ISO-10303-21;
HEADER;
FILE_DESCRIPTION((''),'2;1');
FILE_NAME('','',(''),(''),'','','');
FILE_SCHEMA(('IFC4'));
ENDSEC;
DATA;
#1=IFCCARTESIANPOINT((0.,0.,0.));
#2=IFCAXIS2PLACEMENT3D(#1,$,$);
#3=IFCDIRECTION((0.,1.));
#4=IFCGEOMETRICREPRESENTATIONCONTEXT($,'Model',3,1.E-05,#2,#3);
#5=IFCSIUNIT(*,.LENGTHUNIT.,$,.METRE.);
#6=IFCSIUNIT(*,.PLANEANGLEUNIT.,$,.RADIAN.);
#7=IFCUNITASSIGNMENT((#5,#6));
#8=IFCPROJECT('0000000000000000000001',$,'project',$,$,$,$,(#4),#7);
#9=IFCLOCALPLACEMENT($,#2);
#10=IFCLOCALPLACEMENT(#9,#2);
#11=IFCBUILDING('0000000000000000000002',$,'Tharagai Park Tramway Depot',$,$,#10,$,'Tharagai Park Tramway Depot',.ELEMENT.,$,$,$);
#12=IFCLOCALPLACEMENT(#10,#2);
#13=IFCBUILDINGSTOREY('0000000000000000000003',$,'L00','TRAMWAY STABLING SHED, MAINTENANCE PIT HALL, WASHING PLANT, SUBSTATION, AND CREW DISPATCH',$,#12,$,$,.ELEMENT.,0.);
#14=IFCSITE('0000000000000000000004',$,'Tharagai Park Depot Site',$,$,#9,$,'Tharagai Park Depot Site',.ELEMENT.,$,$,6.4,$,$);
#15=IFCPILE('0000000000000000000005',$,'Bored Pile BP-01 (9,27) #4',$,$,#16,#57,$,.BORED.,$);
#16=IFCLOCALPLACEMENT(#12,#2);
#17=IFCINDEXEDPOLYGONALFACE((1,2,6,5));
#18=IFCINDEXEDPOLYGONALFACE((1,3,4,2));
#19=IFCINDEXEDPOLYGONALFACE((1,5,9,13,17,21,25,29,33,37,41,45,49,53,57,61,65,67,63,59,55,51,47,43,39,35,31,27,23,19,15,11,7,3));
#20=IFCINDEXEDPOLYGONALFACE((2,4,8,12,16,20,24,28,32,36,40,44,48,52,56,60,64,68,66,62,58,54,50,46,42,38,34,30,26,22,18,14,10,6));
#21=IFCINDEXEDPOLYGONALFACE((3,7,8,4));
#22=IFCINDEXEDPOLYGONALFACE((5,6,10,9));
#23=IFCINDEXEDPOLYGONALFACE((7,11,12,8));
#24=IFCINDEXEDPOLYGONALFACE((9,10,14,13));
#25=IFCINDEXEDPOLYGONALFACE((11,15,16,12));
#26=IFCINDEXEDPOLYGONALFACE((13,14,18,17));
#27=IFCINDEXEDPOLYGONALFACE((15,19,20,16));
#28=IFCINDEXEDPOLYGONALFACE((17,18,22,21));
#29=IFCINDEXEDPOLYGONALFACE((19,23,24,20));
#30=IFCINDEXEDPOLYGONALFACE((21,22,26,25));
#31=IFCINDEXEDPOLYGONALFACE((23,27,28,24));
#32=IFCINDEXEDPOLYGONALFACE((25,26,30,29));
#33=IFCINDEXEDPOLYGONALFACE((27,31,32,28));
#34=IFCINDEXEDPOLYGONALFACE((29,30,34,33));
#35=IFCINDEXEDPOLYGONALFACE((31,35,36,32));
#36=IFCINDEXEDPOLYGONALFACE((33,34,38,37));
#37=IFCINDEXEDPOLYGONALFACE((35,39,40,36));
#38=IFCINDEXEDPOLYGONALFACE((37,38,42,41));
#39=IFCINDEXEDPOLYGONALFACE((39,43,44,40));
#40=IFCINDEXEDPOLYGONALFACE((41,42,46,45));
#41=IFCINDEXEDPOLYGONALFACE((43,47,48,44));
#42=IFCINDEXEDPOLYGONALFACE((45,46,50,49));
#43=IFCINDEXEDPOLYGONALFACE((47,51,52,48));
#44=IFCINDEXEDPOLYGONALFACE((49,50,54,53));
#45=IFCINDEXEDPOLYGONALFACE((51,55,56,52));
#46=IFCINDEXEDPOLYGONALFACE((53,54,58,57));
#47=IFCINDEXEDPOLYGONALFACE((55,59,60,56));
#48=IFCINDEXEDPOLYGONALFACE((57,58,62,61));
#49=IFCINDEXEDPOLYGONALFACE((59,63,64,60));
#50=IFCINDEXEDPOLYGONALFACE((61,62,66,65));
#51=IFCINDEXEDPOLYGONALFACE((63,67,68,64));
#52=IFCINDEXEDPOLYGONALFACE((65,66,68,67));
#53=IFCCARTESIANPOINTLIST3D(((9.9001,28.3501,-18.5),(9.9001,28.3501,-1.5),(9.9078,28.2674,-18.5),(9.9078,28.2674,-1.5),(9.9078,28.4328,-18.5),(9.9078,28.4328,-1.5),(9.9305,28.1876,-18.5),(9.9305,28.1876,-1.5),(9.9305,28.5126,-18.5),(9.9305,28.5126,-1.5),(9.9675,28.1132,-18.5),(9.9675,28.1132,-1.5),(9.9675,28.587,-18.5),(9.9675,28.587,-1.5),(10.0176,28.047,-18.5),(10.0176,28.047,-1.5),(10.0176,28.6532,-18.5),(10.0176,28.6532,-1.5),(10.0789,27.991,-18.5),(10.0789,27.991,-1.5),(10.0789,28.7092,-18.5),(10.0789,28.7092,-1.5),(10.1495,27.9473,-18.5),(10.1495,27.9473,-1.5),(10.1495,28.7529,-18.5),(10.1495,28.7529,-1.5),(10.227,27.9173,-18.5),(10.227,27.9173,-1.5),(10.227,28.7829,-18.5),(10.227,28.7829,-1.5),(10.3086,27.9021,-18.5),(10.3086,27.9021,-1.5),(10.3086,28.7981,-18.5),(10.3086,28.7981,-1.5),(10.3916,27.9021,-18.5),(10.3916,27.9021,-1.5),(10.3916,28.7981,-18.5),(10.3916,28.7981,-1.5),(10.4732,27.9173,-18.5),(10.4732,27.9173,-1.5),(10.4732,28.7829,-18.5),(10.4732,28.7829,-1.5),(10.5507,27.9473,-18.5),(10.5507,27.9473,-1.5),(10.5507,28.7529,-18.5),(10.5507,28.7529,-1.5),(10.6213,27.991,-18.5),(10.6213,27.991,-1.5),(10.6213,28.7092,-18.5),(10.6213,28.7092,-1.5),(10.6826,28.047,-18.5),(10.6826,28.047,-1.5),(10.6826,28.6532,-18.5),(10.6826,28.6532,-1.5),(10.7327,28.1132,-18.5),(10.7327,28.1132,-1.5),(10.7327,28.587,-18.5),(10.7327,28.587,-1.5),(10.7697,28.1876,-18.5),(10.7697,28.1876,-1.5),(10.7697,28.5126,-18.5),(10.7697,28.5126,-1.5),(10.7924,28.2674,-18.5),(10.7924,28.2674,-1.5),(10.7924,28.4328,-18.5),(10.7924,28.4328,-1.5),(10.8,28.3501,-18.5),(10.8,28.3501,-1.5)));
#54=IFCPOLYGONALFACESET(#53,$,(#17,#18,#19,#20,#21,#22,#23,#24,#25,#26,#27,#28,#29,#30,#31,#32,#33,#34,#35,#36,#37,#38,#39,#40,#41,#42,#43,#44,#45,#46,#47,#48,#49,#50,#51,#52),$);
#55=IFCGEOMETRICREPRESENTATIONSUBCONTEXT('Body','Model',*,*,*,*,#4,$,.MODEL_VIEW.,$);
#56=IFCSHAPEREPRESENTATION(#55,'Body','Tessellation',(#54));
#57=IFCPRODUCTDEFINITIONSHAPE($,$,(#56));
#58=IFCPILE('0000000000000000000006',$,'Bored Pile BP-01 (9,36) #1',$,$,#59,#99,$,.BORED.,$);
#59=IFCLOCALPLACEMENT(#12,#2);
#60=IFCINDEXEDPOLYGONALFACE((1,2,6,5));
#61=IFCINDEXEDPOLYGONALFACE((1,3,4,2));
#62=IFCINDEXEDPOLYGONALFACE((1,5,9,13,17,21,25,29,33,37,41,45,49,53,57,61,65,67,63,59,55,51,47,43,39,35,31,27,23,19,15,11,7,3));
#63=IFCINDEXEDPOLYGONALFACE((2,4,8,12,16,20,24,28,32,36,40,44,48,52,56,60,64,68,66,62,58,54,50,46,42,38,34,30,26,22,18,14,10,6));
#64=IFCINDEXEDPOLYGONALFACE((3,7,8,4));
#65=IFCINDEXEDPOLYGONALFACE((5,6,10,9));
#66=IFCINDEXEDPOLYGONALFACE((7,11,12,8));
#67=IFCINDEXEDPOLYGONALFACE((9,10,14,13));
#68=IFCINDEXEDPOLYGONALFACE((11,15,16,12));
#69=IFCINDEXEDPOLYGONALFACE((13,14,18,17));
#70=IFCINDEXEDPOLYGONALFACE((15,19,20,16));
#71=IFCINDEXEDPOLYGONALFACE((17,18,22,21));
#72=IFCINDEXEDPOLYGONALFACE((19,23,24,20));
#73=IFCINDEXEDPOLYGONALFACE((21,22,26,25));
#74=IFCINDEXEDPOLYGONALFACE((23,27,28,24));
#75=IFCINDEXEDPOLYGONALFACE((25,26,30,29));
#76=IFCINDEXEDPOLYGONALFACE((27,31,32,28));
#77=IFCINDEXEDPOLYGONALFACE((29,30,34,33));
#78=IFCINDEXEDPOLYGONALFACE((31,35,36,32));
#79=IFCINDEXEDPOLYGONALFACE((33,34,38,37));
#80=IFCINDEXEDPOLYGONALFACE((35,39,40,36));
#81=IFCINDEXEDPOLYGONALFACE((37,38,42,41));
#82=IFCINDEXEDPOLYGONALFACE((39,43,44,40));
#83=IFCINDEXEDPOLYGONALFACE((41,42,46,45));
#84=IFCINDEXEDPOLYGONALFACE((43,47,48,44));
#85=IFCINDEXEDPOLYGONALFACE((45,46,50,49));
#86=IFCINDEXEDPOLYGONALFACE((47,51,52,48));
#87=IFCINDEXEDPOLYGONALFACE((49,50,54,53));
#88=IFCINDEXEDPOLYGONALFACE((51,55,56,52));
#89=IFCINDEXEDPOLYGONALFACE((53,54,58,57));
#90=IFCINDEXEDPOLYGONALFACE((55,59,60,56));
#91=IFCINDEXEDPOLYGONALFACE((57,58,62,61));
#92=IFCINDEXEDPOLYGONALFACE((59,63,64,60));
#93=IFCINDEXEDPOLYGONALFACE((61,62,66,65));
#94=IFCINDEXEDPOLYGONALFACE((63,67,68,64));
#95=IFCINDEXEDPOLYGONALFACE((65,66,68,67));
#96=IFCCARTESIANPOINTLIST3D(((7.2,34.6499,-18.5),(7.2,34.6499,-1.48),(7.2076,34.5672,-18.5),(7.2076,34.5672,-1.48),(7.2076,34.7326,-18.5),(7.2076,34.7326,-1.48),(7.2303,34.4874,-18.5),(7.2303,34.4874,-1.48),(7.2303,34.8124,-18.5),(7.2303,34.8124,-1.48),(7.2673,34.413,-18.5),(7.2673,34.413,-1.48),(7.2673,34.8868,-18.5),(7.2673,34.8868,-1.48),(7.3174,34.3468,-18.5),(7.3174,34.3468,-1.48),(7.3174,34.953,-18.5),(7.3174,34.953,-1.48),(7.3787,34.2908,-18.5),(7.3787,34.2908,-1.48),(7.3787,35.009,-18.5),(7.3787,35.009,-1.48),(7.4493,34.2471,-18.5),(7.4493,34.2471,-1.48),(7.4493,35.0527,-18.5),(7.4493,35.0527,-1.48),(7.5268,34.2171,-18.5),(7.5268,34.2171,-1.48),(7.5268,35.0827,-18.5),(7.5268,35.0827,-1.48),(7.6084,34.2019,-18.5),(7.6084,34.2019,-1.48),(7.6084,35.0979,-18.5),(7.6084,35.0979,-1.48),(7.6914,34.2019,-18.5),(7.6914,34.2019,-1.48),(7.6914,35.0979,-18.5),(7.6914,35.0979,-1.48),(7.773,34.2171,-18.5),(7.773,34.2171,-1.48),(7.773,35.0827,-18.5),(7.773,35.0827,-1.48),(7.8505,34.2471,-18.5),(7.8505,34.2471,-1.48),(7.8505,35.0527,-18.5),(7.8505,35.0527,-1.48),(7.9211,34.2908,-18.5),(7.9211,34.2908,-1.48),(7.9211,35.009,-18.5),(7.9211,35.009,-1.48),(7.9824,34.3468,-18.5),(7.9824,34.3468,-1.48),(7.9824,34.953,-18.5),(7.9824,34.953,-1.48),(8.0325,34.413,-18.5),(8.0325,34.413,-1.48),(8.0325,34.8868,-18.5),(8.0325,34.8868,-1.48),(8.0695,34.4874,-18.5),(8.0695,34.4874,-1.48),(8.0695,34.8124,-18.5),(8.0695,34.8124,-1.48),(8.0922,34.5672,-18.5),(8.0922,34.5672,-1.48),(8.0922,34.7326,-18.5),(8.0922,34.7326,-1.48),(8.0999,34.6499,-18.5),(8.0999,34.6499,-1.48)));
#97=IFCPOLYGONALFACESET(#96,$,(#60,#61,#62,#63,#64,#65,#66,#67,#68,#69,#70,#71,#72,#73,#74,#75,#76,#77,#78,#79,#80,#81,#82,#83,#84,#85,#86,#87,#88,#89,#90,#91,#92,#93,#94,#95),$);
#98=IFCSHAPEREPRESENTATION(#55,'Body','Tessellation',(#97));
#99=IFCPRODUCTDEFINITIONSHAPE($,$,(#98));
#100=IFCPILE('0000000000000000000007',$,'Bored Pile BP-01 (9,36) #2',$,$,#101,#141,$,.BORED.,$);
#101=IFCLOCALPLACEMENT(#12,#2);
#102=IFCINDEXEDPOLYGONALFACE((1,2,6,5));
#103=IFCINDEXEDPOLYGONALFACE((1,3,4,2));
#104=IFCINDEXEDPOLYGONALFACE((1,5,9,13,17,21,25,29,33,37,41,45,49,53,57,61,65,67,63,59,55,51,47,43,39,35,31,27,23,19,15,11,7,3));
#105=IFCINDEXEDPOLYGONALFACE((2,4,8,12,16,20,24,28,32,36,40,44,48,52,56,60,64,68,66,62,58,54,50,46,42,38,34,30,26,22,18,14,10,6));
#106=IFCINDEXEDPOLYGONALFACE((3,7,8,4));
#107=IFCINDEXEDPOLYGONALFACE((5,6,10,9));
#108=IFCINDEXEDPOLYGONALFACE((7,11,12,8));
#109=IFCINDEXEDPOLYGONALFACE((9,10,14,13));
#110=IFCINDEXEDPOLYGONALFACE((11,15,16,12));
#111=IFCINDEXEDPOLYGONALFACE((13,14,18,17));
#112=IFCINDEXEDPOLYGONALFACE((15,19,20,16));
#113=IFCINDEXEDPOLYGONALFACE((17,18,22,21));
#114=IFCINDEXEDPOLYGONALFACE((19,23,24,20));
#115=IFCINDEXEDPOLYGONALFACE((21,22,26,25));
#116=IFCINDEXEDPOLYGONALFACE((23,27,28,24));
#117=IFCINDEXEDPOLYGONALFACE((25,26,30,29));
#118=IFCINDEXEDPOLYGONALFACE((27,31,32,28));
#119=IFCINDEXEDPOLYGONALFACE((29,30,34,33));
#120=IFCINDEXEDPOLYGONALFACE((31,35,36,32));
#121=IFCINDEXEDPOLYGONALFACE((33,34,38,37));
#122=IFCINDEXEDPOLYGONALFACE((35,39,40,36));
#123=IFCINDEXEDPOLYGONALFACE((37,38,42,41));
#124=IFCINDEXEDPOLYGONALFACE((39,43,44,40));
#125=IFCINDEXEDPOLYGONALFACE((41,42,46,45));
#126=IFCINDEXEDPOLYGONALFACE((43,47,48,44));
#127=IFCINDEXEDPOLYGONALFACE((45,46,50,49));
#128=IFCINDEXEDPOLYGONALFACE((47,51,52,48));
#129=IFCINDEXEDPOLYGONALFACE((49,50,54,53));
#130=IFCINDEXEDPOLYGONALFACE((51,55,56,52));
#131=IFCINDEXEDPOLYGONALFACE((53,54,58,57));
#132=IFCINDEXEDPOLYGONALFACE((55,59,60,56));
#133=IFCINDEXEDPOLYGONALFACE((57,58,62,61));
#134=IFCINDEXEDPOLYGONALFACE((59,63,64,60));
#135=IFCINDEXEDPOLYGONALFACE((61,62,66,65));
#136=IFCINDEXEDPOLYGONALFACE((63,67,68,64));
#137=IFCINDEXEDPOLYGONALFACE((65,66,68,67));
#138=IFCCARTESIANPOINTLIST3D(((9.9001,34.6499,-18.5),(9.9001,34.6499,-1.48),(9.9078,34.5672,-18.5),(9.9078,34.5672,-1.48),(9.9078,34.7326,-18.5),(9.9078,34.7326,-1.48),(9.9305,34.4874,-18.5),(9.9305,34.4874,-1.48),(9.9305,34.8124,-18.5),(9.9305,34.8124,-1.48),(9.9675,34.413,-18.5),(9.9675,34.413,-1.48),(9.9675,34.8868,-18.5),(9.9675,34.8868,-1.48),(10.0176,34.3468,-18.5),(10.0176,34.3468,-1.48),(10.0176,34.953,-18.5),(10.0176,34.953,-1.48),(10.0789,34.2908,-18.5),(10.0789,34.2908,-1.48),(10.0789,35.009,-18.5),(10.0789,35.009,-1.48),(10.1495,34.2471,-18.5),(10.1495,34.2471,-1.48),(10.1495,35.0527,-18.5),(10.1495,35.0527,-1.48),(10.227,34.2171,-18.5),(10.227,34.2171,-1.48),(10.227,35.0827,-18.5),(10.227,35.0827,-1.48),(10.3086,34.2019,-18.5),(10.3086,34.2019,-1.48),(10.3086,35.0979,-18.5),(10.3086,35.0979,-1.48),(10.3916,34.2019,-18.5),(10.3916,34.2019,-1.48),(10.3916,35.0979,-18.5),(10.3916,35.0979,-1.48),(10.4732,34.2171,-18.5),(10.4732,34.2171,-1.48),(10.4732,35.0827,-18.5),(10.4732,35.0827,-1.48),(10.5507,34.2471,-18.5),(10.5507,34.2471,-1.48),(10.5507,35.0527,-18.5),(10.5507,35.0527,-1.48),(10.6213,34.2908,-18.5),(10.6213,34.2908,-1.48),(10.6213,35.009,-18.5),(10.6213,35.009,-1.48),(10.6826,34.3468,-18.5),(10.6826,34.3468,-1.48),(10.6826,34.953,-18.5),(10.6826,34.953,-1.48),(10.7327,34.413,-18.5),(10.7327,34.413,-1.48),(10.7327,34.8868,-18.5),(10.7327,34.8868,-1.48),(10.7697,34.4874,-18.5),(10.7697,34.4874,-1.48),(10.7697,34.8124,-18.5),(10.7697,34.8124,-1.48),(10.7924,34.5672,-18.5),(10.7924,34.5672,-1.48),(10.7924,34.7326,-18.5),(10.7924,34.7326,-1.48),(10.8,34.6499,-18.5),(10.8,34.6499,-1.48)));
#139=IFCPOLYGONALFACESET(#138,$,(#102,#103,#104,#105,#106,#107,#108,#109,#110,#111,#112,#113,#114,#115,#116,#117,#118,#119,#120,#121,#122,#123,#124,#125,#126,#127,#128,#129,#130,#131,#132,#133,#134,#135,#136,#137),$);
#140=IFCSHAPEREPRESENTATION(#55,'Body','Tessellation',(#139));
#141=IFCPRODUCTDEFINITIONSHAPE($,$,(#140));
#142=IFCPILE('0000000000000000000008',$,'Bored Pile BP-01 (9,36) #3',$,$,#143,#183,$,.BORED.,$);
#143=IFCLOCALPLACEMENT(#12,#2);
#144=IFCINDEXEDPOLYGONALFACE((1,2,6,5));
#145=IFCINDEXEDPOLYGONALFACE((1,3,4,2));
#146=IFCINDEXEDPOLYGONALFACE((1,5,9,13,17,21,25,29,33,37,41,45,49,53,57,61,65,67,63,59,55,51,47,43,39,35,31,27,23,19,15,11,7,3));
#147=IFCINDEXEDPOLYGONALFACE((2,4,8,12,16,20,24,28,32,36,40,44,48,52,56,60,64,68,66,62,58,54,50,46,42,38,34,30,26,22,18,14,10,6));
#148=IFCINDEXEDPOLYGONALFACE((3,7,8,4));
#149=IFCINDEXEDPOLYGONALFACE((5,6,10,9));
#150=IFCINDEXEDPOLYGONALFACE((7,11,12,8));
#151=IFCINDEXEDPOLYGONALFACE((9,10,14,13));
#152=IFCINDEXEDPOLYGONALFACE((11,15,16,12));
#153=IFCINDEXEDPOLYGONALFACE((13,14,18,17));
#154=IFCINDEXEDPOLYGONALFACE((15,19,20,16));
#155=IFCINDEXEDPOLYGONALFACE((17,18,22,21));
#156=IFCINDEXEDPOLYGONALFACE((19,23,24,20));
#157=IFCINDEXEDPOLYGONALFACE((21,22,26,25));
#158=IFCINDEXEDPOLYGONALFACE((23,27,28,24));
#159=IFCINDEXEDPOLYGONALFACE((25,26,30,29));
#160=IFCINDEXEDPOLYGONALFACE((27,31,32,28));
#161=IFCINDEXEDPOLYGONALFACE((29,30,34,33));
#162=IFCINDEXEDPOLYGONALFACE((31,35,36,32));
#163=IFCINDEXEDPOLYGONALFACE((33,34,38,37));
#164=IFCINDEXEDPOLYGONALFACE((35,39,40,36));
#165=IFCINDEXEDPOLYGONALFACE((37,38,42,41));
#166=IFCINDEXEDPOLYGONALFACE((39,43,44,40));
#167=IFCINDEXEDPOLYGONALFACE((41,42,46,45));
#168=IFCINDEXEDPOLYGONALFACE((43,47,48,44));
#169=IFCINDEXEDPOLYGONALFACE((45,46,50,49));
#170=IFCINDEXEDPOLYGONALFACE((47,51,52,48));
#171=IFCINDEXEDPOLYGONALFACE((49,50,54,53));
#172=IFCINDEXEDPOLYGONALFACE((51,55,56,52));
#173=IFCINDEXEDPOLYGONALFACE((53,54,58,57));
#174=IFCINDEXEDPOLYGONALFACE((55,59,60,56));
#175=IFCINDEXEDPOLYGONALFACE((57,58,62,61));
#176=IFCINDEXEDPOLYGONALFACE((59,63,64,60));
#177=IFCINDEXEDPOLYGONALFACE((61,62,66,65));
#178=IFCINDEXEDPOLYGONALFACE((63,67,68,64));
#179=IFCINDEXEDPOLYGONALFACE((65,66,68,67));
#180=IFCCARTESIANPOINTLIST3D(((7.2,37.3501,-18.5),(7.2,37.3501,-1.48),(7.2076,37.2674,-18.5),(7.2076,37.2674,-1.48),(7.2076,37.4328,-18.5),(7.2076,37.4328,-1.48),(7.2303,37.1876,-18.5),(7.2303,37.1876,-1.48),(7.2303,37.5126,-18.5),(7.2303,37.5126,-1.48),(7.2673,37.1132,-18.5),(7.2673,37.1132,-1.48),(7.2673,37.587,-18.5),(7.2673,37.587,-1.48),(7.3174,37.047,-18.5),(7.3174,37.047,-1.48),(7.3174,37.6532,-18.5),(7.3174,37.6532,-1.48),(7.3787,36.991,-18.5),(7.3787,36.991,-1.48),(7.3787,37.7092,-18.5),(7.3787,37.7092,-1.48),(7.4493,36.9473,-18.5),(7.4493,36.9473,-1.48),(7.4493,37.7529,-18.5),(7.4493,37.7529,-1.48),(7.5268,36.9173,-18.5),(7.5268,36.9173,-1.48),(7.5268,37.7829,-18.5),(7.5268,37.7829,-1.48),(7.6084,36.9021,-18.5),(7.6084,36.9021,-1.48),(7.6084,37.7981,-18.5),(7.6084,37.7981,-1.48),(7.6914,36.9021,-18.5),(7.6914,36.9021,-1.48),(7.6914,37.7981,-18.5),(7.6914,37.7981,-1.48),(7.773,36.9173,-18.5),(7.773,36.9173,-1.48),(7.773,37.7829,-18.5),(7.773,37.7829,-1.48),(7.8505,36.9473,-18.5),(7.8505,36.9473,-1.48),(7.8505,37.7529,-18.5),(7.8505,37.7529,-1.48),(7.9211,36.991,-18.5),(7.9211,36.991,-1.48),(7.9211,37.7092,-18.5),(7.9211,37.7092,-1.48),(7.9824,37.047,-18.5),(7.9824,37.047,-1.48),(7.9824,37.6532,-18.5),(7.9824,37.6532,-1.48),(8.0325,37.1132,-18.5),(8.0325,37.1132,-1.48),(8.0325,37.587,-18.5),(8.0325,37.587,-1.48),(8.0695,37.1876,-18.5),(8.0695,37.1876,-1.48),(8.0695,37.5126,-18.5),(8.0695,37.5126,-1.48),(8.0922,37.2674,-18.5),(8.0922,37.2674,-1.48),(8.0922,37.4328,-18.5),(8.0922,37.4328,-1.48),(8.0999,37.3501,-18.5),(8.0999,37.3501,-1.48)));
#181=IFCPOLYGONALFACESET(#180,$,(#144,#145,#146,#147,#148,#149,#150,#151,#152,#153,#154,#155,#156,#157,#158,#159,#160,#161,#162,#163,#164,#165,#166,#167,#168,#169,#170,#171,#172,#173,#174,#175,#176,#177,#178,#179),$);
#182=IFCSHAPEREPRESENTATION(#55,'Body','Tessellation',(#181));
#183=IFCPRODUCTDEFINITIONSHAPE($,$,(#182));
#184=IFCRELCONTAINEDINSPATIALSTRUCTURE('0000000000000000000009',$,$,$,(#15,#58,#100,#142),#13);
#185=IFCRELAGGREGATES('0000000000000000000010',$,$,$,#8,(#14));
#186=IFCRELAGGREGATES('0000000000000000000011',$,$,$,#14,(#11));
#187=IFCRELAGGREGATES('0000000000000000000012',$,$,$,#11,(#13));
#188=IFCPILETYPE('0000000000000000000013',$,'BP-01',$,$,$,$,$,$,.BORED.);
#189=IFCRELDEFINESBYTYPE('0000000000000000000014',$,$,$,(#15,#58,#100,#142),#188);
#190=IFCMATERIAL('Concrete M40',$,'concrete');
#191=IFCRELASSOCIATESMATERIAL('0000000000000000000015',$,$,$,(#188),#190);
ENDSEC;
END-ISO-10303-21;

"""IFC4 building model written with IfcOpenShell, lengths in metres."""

from ifc_helpers import new_model, si_unit, direction, frame, origin, origin_2d, place, context, subcontext, project, spatial, circle, extrude, material, material_profile, profile_set, type_object, element, save


model = new_model("IFC4")

# Units and contexts
model_context = context("Model", 3, precision=1e-05, world=origin(), true_north=direction((0.0, 1.0)))
body_context = subcontext(model_context, "Body", "Model", "MODEL_VIEW")
ifc_project = project(units=[si_unit("LENGTHUNIT", "METRE"), si_unit("PLANEANGLEUNIT", "RADIAN")], contexts=[model_context])

# Site, building, storey
site_placement = place(None, origin())
site = spatial("IfcSite", under=ifc_project, at=site_placement, Name="Tharagai Park Depot Site", LongName="Tharagai Park Depot Site", CompositionType="ELEMENT", RefElevation=6.4)
building_placement = place(site_placement, origin())
building = spatial("IfcBuilding", under=site, at=building_placement, Name="Tharagai Park Tramway Depot", LongName="Tharagai Park Tramway Depot", CompositionType="ELEMENT")
storey_placement = place(building_placement, origin())
storey = spatial("IfcBuildingStorey", under=building, at=storey_placement, Name="L00", Description="TRAMWAY STABLING SHED, MAINTENANCE PIT HALL, WASHING PLANT, SUBSTATION, AND CREW DISPATCH", CompositionType="ELEMENT", Elevation=0.0)

# Piles
ifc_material_1 = material(Name="Concrete M40", Category="concrete")
ifc_material_profile_1 = material_profile(ifc_material_1, circle(Radius=0.45, at=origin_2d()), Name="PILE D900")
ifc_profile_set_1 = profile_set([ifc_material_profile_1], Name="Concrete M40")
pile_type = type_object("IfcPileType", Name="BP-01", PredefinedType="BORED", material=ifc_profile_set_1)
pile_1_placement = place(storey_placement, frame((10.3501, 28.3501, -1.5), z_axis=(0.0, 0.0, -1.0), x_axis=(1.0, 0.0, 0.0)))
element("IfcPile", 1, at=pile_1_placement, inside=storey, type_object=pile_type, Name="Bored Pile BP-01 (9,27) #4", PredefinedType="BORED", context=body_context, shape_type="SweptSolid", body=[
    extrude(circle(Radius=0.45, at=origin_2d()), origin(), (0.0, 0.0, 1.0), 17.0),
])
for number, where, z_axis, x_axis, name in (
    (2, (7.6499, 34.6499, -1.48), (0.0, 0.0, -1.0), (1.0, 0.0, 0.0), "Bored Pile BP-01 (9,36) #1"),
    (3, (10.3501, 34.6499, -1.48), (0.0, 0.0, -1.0), (1.0, 0.0, 0.0), "Bored Pile BP-01 (9,36) #2"),
    (4, (7.6499, 37.3501, -1.48), (0.0, 0.0, -1.0), (1.0, 0.0, 0.0), "Bored Pile BP-01 (9,36) #3"),
):
    element("IfcPile", number, at=place(storey_placement, frame(where, z_axis=z_axis, x_axis=x_axis)), inside=storey, type_object=pile_type, Name=name, PredefinedType="BORED", context=body_context, shape_type="SweptSolid", body=[
        extrude(circle(Radius=0.45, at=origin_2d()), origin(), (0.0, 0.0, 1.0), 17.02),
    ])

save(model, "model.ifc")
